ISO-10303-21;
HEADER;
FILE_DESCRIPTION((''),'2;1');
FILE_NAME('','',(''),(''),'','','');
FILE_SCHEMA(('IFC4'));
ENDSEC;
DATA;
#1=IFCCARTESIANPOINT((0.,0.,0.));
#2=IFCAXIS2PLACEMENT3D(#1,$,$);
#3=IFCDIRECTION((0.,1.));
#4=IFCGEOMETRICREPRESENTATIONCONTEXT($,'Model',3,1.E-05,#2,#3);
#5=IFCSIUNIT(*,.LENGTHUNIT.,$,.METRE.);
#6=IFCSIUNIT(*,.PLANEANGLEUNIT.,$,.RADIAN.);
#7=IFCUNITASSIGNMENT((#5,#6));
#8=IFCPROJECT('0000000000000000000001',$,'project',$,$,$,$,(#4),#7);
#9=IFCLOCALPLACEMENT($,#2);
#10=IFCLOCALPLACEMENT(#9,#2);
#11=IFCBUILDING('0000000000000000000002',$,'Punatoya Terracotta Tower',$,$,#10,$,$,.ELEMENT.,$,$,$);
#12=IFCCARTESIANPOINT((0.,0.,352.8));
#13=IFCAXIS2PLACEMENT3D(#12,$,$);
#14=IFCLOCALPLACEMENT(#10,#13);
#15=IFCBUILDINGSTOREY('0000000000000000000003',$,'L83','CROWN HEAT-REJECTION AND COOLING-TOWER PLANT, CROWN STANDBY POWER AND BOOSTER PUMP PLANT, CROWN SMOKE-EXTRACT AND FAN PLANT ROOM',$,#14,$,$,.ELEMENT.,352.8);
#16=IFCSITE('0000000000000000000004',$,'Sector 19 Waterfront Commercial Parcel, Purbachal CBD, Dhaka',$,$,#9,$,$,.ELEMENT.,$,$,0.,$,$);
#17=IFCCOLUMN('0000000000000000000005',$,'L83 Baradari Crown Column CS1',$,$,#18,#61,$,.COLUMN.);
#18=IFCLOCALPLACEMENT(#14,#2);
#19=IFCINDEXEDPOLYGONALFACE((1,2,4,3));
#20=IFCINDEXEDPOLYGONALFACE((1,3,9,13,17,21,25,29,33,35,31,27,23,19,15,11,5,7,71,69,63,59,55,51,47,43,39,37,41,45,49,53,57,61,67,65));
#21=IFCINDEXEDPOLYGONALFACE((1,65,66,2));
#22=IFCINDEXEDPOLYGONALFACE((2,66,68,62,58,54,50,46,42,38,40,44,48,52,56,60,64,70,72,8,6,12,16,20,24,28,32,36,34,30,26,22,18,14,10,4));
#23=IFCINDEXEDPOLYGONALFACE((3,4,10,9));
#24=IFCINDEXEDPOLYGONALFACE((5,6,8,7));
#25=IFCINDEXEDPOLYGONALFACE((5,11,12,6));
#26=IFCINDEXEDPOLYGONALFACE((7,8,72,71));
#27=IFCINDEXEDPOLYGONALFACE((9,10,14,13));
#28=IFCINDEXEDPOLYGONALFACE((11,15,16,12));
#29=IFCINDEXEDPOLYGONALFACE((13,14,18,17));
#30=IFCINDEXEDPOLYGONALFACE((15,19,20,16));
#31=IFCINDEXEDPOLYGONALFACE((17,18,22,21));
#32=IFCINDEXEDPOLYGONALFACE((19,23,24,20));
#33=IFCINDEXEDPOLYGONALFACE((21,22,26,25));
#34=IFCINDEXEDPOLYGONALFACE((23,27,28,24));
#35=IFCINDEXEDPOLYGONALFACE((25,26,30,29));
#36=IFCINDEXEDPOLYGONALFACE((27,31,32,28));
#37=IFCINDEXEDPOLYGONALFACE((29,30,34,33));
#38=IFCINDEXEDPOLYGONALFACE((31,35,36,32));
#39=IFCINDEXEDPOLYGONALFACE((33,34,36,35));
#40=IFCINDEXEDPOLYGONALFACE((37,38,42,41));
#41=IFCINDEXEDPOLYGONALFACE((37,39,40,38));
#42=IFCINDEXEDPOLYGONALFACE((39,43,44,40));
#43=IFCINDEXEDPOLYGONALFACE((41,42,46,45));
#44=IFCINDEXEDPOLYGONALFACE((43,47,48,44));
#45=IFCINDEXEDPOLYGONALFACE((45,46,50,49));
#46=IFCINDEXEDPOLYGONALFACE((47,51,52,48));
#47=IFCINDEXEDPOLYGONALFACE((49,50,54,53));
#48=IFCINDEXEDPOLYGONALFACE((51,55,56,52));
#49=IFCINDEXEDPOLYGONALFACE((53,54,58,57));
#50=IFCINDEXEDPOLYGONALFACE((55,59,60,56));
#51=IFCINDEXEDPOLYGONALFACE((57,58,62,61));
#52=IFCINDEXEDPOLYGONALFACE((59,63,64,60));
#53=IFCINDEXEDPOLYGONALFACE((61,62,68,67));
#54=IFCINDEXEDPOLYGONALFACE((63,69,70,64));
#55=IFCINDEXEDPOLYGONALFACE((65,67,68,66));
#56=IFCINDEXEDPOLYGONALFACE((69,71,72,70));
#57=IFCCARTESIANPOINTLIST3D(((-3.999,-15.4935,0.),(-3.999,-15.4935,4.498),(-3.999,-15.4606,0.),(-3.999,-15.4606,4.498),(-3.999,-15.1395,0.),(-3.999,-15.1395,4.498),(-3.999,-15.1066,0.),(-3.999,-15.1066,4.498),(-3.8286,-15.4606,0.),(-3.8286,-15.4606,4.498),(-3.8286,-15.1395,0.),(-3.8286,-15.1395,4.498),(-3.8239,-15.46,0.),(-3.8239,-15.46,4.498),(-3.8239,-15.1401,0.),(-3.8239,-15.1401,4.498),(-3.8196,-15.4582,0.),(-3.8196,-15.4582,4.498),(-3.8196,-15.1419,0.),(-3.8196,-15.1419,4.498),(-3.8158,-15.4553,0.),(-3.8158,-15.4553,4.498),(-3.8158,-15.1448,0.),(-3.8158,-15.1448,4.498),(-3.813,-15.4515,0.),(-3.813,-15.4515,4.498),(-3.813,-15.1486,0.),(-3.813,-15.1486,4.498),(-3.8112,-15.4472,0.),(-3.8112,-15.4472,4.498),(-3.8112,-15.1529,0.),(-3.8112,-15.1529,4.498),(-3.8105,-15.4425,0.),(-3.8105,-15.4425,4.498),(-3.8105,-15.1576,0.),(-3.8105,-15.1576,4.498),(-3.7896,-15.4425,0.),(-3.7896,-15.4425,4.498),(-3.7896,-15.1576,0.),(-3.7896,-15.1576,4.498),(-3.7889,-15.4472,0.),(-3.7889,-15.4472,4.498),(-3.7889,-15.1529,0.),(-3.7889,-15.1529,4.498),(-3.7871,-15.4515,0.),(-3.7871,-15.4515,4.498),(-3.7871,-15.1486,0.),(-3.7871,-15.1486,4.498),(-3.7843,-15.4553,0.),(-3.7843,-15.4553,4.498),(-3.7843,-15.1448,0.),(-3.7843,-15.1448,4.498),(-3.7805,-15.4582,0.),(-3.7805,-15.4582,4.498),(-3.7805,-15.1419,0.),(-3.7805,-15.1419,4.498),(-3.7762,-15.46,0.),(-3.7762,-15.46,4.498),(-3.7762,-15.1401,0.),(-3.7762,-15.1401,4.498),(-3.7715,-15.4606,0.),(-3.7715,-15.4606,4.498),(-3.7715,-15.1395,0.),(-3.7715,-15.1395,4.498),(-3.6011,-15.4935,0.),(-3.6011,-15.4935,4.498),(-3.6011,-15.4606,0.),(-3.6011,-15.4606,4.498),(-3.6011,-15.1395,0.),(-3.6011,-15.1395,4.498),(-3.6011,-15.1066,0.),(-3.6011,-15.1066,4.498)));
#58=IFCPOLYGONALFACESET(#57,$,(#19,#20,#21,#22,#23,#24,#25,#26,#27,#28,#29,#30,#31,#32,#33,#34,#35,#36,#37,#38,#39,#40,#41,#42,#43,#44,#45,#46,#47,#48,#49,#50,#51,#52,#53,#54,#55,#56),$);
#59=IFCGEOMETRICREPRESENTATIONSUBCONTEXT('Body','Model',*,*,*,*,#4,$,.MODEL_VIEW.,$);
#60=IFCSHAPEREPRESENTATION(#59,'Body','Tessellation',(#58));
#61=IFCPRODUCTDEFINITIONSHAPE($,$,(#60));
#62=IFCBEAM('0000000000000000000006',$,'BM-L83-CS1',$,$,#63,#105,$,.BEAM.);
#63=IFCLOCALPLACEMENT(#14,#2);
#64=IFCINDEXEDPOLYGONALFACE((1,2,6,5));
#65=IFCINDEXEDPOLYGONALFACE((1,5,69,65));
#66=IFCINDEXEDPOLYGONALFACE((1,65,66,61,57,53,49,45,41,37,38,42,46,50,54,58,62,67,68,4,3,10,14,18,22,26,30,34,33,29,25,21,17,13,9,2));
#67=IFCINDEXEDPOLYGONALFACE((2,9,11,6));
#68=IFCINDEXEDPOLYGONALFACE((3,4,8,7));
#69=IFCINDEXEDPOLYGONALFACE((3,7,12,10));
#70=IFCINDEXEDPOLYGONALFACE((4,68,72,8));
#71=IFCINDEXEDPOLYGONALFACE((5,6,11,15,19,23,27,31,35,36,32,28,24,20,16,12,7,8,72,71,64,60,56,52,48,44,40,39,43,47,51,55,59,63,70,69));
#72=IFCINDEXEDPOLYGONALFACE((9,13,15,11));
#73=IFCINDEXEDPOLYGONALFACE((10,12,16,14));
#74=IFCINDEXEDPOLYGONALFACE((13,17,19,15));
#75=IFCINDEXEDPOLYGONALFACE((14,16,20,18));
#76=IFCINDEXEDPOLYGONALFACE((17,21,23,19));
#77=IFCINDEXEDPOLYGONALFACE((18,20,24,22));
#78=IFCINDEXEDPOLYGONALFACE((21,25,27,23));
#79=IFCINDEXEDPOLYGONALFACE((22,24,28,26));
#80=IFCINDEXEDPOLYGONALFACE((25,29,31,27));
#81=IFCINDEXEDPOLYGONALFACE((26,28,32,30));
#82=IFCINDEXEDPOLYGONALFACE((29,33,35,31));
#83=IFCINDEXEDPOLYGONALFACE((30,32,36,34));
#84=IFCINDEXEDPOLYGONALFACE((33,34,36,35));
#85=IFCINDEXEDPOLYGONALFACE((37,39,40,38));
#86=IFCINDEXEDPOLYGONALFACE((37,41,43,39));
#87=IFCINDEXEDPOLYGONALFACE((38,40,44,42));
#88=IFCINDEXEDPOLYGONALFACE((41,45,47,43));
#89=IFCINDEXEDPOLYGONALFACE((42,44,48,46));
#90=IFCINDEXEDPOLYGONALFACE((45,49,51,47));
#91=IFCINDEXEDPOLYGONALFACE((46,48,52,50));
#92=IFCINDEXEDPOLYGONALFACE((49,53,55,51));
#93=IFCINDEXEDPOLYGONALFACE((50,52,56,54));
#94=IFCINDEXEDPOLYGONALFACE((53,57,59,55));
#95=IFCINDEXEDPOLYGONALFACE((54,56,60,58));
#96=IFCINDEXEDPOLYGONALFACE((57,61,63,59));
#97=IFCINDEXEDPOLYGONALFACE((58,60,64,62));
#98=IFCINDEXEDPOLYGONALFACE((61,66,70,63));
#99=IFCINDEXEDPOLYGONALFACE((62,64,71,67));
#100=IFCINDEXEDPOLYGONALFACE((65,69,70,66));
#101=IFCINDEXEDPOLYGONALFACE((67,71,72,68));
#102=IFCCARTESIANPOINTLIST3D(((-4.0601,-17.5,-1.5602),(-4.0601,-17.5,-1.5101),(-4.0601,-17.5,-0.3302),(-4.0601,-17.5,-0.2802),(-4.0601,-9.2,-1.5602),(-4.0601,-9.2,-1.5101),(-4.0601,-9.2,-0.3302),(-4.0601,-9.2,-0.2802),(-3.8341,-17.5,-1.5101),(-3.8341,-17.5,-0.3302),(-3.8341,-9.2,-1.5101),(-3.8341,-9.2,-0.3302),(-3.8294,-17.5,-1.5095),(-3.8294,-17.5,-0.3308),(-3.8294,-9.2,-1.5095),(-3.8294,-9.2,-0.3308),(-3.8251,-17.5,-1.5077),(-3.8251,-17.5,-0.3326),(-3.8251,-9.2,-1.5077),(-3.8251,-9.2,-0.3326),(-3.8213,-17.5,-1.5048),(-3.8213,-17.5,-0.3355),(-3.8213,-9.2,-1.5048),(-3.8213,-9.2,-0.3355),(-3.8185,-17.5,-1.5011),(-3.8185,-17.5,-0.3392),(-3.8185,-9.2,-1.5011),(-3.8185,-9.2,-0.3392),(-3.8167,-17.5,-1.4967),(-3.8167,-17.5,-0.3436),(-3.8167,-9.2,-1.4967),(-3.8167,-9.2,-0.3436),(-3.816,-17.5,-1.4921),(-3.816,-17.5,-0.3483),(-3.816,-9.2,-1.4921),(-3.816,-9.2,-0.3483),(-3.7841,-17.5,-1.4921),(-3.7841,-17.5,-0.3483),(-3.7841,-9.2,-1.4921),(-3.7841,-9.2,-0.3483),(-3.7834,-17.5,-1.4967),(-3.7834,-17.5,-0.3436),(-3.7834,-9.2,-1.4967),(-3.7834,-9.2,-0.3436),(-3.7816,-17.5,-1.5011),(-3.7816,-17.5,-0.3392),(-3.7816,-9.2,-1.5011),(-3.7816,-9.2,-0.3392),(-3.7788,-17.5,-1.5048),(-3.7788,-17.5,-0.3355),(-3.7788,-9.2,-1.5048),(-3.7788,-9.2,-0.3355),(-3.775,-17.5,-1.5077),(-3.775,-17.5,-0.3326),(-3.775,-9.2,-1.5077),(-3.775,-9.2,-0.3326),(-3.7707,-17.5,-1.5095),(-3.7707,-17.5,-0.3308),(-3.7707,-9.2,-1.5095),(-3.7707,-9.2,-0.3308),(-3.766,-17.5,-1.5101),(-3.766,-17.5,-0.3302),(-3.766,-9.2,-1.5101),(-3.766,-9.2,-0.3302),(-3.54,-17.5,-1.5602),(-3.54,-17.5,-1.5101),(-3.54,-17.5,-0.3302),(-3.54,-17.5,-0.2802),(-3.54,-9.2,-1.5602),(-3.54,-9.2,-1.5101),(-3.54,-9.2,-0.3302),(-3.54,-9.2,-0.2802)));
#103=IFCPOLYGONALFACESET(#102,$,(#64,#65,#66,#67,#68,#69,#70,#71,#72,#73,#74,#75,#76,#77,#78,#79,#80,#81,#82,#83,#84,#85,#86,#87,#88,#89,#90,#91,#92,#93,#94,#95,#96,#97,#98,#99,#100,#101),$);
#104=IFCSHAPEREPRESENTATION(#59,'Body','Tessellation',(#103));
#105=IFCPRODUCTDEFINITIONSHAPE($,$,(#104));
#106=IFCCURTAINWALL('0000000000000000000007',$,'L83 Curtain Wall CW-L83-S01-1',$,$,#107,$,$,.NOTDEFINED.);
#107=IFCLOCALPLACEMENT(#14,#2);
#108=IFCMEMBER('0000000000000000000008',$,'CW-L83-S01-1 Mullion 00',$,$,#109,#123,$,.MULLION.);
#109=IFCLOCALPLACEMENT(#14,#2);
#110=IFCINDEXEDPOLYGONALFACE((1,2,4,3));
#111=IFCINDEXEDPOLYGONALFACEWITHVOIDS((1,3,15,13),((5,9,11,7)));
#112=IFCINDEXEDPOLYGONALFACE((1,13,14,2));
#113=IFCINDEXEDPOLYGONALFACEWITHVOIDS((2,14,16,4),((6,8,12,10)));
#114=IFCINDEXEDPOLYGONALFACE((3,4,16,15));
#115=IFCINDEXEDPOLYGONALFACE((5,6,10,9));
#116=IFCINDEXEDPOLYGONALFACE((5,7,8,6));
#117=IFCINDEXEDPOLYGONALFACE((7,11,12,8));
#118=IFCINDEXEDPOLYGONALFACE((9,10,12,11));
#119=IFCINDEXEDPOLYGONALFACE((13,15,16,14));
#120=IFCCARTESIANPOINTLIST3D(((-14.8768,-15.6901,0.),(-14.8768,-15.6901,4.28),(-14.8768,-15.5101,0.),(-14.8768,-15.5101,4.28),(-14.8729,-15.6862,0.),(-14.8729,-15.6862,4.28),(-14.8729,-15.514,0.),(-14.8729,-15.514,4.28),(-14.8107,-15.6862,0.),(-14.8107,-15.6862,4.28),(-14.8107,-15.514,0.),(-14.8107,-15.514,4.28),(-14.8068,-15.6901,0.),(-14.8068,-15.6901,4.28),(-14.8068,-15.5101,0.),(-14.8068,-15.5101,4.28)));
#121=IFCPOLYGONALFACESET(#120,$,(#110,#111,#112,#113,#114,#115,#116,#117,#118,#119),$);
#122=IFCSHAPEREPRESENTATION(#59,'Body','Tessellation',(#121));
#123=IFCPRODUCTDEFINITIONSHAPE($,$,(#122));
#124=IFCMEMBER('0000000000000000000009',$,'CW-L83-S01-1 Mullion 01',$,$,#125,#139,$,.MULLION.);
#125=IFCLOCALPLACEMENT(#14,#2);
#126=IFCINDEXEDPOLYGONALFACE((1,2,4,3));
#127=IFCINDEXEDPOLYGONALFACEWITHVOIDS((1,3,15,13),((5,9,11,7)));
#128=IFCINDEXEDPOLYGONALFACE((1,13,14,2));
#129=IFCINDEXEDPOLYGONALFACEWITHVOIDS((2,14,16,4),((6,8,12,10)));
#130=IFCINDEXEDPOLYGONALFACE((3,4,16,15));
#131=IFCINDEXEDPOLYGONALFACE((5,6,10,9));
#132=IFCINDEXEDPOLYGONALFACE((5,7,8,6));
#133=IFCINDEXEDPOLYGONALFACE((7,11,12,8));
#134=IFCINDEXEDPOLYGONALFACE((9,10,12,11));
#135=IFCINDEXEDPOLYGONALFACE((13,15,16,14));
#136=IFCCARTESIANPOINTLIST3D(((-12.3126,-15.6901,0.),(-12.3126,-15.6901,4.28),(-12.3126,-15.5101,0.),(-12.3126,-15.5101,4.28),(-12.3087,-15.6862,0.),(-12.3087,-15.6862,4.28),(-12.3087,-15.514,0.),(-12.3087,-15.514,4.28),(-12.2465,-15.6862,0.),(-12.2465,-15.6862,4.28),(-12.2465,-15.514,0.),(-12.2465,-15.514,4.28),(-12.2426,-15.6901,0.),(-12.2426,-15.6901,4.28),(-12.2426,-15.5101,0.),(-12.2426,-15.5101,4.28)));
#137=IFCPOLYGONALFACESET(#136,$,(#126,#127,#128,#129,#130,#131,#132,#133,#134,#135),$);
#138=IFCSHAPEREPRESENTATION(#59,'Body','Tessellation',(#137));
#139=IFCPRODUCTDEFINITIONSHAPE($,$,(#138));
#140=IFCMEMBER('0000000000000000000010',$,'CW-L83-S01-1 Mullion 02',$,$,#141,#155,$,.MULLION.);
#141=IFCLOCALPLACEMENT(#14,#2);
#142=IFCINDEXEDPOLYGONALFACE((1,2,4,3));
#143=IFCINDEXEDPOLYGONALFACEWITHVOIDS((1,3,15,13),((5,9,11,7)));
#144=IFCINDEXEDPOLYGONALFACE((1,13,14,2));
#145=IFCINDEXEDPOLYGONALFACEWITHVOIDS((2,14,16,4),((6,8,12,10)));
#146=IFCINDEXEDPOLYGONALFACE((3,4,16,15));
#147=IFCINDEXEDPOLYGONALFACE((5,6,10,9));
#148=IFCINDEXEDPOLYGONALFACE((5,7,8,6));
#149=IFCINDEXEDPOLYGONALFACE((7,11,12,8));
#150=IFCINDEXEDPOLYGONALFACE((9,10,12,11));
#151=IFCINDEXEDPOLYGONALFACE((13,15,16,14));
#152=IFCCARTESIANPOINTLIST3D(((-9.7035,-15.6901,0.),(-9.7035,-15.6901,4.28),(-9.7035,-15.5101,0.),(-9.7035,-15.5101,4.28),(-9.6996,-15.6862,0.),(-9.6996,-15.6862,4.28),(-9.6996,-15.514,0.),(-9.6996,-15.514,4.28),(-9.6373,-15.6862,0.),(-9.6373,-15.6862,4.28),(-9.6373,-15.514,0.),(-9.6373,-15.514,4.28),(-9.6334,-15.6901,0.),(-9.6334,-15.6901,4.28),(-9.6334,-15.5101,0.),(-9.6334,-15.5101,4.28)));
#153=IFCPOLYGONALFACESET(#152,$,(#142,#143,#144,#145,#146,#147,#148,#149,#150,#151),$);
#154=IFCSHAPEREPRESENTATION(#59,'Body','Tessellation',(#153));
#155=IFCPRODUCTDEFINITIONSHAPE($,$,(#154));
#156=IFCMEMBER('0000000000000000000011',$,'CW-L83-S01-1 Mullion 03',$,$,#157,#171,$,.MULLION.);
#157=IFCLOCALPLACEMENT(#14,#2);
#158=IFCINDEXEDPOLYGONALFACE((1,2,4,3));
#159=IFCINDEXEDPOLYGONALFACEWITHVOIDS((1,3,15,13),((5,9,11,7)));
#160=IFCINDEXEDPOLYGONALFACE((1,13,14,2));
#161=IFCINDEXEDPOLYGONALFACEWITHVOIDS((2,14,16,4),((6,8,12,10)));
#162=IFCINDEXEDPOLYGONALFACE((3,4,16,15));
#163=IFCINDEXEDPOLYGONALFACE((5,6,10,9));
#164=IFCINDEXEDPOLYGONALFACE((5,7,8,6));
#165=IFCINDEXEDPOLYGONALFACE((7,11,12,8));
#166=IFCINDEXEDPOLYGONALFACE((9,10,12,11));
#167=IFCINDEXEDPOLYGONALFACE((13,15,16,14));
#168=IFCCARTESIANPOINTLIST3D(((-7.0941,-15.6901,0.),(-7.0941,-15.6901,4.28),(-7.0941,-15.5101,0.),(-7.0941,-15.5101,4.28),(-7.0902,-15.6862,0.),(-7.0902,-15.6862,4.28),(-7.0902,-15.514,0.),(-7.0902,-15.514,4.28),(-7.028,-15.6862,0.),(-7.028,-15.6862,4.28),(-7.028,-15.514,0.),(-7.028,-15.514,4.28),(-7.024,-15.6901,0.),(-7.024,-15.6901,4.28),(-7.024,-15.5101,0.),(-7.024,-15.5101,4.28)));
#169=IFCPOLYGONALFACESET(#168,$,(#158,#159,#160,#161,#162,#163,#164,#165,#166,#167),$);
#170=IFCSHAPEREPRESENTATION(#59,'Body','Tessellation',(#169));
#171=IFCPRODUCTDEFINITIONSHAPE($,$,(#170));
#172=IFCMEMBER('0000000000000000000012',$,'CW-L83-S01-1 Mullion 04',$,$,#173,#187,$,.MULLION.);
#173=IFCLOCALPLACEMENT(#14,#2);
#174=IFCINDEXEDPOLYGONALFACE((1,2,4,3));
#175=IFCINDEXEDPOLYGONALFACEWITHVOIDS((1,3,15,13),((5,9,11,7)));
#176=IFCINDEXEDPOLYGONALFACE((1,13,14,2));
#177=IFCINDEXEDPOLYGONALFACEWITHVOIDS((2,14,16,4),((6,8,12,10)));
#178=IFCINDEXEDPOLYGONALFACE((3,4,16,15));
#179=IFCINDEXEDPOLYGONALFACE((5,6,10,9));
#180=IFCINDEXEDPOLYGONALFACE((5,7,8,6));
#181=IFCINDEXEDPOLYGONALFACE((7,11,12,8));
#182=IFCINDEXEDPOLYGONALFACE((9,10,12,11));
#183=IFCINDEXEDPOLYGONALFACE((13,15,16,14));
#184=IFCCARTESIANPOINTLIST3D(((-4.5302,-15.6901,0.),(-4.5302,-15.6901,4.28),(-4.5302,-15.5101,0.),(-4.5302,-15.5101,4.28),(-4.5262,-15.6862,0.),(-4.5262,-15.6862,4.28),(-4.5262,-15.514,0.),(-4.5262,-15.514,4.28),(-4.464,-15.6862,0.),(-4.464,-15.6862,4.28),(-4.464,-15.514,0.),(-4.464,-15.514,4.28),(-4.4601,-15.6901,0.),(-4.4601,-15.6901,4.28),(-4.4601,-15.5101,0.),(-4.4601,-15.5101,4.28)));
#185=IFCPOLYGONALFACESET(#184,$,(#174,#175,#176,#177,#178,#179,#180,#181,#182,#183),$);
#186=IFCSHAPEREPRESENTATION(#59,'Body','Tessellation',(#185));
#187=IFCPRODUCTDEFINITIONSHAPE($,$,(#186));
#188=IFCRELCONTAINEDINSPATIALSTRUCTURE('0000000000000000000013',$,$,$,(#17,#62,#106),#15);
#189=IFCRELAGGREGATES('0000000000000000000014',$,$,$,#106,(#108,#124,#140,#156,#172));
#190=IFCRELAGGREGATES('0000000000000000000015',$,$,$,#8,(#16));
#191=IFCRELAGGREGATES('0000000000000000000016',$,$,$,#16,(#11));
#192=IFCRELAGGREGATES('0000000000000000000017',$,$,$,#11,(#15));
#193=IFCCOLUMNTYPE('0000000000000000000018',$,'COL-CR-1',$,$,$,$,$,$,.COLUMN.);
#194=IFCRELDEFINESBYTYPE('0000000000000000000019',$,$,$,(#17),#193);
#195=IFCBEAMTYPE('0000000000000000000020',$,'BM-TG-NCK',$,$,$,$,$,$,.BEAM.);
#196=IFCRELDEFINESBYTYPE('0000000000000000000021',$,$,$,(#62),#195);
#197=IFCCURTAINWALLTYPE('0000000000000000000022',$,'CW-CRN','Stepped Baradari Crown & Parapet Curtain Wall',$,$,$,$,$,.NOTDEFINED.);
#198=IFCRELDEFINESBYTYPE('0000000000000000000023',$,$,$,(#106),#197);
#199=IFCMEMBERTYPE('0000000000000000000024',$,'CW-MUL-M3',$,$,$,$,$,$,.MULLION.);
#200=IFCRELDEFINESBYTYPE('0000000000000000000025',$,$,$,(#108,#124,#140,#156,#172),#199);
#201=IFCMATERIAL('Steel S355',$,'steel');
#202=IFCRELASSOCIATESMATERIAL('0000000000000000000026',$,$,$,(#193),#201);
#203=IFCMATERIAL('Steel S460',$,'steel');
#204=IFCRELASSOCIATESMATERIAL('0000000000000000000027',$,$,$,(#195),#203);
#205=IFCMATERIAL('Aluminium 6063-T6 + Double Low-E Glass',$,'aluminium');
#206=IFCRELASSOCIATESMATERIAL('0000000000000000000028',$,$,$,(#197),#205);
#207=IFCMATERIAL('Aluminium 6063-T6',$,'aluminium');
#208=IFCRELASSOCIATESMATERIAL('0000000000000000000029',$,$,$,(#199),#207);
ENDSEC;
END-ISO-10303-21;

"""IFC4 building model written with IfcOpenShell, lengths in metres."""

from ifc_helpers import new_model, si_unit, direction, frame, origin, origin_2d, place, context, subcontext, project, spatial, hollow_rectangle, i_section, extrude, material, material_profile, profile_set, type_object, element, aggregate, save


model = new_model("IFC4")

# Units and contexts
model_context = context("Model", 3, precision=1e-05, world=origin(), true_north=direction((0.0, 1.0)))
body_context = subcontext(model_context, "Body", "Model", "MODEL_VIEW")
ifc_project = project(units=[si_unit("LENGTHUNIT", "METRE"), si_unit("PLANEANGLEUNIT", "RADIAN")], contexts=[model_context])

# Site, building, storey
site_placement = place(None, origin())
site = spatial("IfcSite", under=ifc_project, at=site_placement, Name="Sector 19 Waterfront Commercial Parcel, Purbachal CBD, Dhaka", CompositionType="ELEMENT", RefElevation=0.0)
building_placement = place(site_placement, origin())
building = spatial("IfcBuilding", under=site, at=building_placement, Name="Punatoya Terracotta Tower", CompositionType="ELEMENT")
storey_placement = place(building_placement, frame((0.0, 0.0, 352.8)))
storey = spatial("IfcBuildingStorey", under=building, at=storey_placement, Name="L83", Description="CROWN HEAT-REJECTION AND COOLING-TOWER PLANT, CROWN STANDBY POWER AND BOOSTER PUMP PLANT, CROWN SMOKE-EXTRACT AND FAN PLANT ROOM", CompositionType="ELEMENT", Elevation=352.8)

# Column
ifc_material_1 = material(Name="Steel S355", Category="steel")
ifc_material_profile_1 = material_profile(ifc_material_1, i_section(OverallWidth=0.3979, OverallDepth=0.387, WebThickness=0.021, FlangeThickness=0.033, FilletRadius=0.0181, at=origin_2d()))
ifc_profile_set_1 = profile_set([ifc_material_profile_1], Name="Steel S355")
column_type = type_object("IfcColumnType", Name="COL-CR-1", PredefinedType="COLUMN", material=ifc_profile_set_1)
column_placement = place(storey_placement, frame((-3.8, -15.3, 0.0), z_axis=(0.0, 0.0, 1.0), x_axis=(1.0, 0.0, 0.0)))
element("IfcColumn", 1, at=column_placement, inside=storey, type_object=column_type, Name="L83 Baradari Crown Column CS1", PredefinedType="COLUMN", context=body_context, shape_type="SweptSolid", body=[
    extrude(i_section(OverallWidth=0.3979, OverallDepth=0.387, WebThickness=0.021, FlangeThickness=0.033, FilletRadius=0.0181, at=origin_2d()), origin(), (0.0, 0.0, 1.0), 4.498),
])

# Beam
ifc_material_2 = material(Name="Steel S460", Category="steel")
ifc_material_profile_2 = material_profile(ifc_material_2, i_section(OverallWidth=0.52, OverallDepth=1.28, WebThickness=0.032, FlangeThickness=0.05, FilletRadius=0.0181, at=origin_2d()))
ifc_profile_set_2 = profile_set([ifc_material_profile_2], Name="Steel S460")
beam_type = type_object("IfcBeamType", Name="BM-TG-NCK", PredefinedType="BEAM", material=ifc_profile_set_2)
beam_placement = place(storey_placement, frame((-3.8, -17.5, -0.9202), z_axis=(0.0, 1.0, 0.0), x_axis=(-1.0, 0.0, 0.0)))
element("IfcBeam", 2, at=beam_placement, inside=storey, type_object=beam_type, Name="BM-L83-CS1", PredefinedType="BEAM", context=body_context, shape_type="SweptSolid", body=[
    extrude(i_section(OverallWidth=0.52, OverallDepth=1.28, WebThickness=0.032, FlangeThickness=0.05, FilletRadius=0.0181, at=origin_2d()), origin(), (0.0, 0.0, 1.0), 8.3),
])

# Curtain wall, members
ifc_material_3 = material(Name="Aluminium 6063-T6 + Double Low-E Glass", Category="aluminium")
curtain_wall_type = type_object("IfcCurtainWallType", Name="CW-CRN", Description="Stepped Baradari Crown & Parapet Curtain Wall", PredefinedType="NOTDEFINED", material=ifc_material_3)
curtain_wall_placement = place(storey_placement, origin())
curtain_wall = element("IfcCurtainWall", 3, at=curtain_wall_placement, inside=storey, type_object=curtain_wall_type, Name="L83 Curtain Wall CW-L83-S01-1", PredefinedType="NOTDEFINED")
ifc_material_4 = material(Name="Aluminium 6063-T6", Category="aluminium")
ifc_material_profile_3 = material_profile(ifc_material_4, hollow_rectangle(XDim=0.0701, YDim=0.1799, WallThickness=0.0039, at=origin_2d()))
ifc_profile_set_3 = profile_set([ifc_material_profile_3], Name="Aluminium 6063-T6")
member_type_1 = type_object("IfcMemberType", Name="CW-MUL-M3", PredefinedType="MULLION", material=ifc_profile_set_3)
member_1_placement = place(storey_placement, frame((-14.8418, -15.6001, 0.0), z_axis=(0.0, 0.0, 1.0), x_axis=(1.0, 0.0, 0.0)))
member_1 = element("IfcMember", 4, at=member_1_placement, type_object=member_type_1, Name="CW-L83-S01-1 Mullion 00", PredefinedType="MULLION", context=body_context, shape_type="SweptSolid", body=[
    extrude(hollow_rectangle(XDim=0.0701, YDim=0.1799, WallThickness=0.0039, at=origin_2d()), origin(), (0.0, 0.0, 1.0), 4.28),
])
member_2_placement = place(storey_placement, frame((-12.2776, -15.6001, 0.0), z_axis=(0.0, 0.0, 1.0), x_axis=(1.0, 0.0, 0.0)))
member_2 = element("IfcMember", 5, at=member_2_placement, type_object=member_type_1, Name="CW-L83-S01-1 Mullion 01", PredefinedType="MULLION", context=body_context, shape_type="SweptSolid", body=[
    extrude(hollow_rectangle(XDim=0.0701, YDim=0.1799, WallThickness=0.0039, at=origin_2d()), origin(), (0.0, 0.0, 1.0), 4.28),
])
member_3_placement = place(storey_placement, frame((-9.6685, -15.6001, 0.0), z_axis=(0.0, 0.0, 1.0), x_axis=(1.0, 0.0, 0.0)))
member_3 = element("IfcMember", 6, at=member_3_placement, type_object=member_type_1, Name="CW-L83-S01-1 Mullion 02", PredefinedType="MULLION", context=body_context, shape_type="SweptSolid", body=[
    extrude(hollow_rectangle(XDim=0.0701, YDim=0.1799, WallThickness=0.0039, at=origin_2d()), origin(), (0.0, 0.0, 1.0), 4.28),
])
member_4_placement = place(storey_placement, frame((-7.0591, -15.6001, 0.0), z_axis=(0.0, 0.0, 1.0), x_axis=(1.0, 0.0, 0.0)))
member_4 = element("IfcMember", 7, at=member_4_placement, type_object=member_type_1, Name="CW-L83-S01-1 Mullion 03", PredefinedType="MULLION", context=body_context, shape_type="SweptSolid", body=[
    extrude(hollow_rectangle(XDim=0.0701, YDim=0.1799, WallThickness=0.0039, at=origin_2d()), origin(), (0.0, 0.0, 1.0), 4.28),
])
member_5_placement = place(storey_placement, frame((-4.4951, -15.6001, 0.0), z_axis=(0.0, 0.0, 1.0), x_axis=(1.0, 0.0, 0.0)))
member_5 = element("IfcMember", 8, at=member_5_placement, type_object=member_type_1, Name="CW-L83-S01-1 Mullion 04", PredefinedType="MULLION", context=body_context, shape_type="SweptSolid", body=[
    extrude(hollow_rectangle(XDim=0.0701, YDim=0.1799, WallThickness=0.0039, at=origin_2d()), origin(), (0.0, 0.0, 1.0), 4.28),
])

aggregate(curtain_wall, [member_1, member_2, member_3, member_4, member_5])

save(model, "model.ifc")
